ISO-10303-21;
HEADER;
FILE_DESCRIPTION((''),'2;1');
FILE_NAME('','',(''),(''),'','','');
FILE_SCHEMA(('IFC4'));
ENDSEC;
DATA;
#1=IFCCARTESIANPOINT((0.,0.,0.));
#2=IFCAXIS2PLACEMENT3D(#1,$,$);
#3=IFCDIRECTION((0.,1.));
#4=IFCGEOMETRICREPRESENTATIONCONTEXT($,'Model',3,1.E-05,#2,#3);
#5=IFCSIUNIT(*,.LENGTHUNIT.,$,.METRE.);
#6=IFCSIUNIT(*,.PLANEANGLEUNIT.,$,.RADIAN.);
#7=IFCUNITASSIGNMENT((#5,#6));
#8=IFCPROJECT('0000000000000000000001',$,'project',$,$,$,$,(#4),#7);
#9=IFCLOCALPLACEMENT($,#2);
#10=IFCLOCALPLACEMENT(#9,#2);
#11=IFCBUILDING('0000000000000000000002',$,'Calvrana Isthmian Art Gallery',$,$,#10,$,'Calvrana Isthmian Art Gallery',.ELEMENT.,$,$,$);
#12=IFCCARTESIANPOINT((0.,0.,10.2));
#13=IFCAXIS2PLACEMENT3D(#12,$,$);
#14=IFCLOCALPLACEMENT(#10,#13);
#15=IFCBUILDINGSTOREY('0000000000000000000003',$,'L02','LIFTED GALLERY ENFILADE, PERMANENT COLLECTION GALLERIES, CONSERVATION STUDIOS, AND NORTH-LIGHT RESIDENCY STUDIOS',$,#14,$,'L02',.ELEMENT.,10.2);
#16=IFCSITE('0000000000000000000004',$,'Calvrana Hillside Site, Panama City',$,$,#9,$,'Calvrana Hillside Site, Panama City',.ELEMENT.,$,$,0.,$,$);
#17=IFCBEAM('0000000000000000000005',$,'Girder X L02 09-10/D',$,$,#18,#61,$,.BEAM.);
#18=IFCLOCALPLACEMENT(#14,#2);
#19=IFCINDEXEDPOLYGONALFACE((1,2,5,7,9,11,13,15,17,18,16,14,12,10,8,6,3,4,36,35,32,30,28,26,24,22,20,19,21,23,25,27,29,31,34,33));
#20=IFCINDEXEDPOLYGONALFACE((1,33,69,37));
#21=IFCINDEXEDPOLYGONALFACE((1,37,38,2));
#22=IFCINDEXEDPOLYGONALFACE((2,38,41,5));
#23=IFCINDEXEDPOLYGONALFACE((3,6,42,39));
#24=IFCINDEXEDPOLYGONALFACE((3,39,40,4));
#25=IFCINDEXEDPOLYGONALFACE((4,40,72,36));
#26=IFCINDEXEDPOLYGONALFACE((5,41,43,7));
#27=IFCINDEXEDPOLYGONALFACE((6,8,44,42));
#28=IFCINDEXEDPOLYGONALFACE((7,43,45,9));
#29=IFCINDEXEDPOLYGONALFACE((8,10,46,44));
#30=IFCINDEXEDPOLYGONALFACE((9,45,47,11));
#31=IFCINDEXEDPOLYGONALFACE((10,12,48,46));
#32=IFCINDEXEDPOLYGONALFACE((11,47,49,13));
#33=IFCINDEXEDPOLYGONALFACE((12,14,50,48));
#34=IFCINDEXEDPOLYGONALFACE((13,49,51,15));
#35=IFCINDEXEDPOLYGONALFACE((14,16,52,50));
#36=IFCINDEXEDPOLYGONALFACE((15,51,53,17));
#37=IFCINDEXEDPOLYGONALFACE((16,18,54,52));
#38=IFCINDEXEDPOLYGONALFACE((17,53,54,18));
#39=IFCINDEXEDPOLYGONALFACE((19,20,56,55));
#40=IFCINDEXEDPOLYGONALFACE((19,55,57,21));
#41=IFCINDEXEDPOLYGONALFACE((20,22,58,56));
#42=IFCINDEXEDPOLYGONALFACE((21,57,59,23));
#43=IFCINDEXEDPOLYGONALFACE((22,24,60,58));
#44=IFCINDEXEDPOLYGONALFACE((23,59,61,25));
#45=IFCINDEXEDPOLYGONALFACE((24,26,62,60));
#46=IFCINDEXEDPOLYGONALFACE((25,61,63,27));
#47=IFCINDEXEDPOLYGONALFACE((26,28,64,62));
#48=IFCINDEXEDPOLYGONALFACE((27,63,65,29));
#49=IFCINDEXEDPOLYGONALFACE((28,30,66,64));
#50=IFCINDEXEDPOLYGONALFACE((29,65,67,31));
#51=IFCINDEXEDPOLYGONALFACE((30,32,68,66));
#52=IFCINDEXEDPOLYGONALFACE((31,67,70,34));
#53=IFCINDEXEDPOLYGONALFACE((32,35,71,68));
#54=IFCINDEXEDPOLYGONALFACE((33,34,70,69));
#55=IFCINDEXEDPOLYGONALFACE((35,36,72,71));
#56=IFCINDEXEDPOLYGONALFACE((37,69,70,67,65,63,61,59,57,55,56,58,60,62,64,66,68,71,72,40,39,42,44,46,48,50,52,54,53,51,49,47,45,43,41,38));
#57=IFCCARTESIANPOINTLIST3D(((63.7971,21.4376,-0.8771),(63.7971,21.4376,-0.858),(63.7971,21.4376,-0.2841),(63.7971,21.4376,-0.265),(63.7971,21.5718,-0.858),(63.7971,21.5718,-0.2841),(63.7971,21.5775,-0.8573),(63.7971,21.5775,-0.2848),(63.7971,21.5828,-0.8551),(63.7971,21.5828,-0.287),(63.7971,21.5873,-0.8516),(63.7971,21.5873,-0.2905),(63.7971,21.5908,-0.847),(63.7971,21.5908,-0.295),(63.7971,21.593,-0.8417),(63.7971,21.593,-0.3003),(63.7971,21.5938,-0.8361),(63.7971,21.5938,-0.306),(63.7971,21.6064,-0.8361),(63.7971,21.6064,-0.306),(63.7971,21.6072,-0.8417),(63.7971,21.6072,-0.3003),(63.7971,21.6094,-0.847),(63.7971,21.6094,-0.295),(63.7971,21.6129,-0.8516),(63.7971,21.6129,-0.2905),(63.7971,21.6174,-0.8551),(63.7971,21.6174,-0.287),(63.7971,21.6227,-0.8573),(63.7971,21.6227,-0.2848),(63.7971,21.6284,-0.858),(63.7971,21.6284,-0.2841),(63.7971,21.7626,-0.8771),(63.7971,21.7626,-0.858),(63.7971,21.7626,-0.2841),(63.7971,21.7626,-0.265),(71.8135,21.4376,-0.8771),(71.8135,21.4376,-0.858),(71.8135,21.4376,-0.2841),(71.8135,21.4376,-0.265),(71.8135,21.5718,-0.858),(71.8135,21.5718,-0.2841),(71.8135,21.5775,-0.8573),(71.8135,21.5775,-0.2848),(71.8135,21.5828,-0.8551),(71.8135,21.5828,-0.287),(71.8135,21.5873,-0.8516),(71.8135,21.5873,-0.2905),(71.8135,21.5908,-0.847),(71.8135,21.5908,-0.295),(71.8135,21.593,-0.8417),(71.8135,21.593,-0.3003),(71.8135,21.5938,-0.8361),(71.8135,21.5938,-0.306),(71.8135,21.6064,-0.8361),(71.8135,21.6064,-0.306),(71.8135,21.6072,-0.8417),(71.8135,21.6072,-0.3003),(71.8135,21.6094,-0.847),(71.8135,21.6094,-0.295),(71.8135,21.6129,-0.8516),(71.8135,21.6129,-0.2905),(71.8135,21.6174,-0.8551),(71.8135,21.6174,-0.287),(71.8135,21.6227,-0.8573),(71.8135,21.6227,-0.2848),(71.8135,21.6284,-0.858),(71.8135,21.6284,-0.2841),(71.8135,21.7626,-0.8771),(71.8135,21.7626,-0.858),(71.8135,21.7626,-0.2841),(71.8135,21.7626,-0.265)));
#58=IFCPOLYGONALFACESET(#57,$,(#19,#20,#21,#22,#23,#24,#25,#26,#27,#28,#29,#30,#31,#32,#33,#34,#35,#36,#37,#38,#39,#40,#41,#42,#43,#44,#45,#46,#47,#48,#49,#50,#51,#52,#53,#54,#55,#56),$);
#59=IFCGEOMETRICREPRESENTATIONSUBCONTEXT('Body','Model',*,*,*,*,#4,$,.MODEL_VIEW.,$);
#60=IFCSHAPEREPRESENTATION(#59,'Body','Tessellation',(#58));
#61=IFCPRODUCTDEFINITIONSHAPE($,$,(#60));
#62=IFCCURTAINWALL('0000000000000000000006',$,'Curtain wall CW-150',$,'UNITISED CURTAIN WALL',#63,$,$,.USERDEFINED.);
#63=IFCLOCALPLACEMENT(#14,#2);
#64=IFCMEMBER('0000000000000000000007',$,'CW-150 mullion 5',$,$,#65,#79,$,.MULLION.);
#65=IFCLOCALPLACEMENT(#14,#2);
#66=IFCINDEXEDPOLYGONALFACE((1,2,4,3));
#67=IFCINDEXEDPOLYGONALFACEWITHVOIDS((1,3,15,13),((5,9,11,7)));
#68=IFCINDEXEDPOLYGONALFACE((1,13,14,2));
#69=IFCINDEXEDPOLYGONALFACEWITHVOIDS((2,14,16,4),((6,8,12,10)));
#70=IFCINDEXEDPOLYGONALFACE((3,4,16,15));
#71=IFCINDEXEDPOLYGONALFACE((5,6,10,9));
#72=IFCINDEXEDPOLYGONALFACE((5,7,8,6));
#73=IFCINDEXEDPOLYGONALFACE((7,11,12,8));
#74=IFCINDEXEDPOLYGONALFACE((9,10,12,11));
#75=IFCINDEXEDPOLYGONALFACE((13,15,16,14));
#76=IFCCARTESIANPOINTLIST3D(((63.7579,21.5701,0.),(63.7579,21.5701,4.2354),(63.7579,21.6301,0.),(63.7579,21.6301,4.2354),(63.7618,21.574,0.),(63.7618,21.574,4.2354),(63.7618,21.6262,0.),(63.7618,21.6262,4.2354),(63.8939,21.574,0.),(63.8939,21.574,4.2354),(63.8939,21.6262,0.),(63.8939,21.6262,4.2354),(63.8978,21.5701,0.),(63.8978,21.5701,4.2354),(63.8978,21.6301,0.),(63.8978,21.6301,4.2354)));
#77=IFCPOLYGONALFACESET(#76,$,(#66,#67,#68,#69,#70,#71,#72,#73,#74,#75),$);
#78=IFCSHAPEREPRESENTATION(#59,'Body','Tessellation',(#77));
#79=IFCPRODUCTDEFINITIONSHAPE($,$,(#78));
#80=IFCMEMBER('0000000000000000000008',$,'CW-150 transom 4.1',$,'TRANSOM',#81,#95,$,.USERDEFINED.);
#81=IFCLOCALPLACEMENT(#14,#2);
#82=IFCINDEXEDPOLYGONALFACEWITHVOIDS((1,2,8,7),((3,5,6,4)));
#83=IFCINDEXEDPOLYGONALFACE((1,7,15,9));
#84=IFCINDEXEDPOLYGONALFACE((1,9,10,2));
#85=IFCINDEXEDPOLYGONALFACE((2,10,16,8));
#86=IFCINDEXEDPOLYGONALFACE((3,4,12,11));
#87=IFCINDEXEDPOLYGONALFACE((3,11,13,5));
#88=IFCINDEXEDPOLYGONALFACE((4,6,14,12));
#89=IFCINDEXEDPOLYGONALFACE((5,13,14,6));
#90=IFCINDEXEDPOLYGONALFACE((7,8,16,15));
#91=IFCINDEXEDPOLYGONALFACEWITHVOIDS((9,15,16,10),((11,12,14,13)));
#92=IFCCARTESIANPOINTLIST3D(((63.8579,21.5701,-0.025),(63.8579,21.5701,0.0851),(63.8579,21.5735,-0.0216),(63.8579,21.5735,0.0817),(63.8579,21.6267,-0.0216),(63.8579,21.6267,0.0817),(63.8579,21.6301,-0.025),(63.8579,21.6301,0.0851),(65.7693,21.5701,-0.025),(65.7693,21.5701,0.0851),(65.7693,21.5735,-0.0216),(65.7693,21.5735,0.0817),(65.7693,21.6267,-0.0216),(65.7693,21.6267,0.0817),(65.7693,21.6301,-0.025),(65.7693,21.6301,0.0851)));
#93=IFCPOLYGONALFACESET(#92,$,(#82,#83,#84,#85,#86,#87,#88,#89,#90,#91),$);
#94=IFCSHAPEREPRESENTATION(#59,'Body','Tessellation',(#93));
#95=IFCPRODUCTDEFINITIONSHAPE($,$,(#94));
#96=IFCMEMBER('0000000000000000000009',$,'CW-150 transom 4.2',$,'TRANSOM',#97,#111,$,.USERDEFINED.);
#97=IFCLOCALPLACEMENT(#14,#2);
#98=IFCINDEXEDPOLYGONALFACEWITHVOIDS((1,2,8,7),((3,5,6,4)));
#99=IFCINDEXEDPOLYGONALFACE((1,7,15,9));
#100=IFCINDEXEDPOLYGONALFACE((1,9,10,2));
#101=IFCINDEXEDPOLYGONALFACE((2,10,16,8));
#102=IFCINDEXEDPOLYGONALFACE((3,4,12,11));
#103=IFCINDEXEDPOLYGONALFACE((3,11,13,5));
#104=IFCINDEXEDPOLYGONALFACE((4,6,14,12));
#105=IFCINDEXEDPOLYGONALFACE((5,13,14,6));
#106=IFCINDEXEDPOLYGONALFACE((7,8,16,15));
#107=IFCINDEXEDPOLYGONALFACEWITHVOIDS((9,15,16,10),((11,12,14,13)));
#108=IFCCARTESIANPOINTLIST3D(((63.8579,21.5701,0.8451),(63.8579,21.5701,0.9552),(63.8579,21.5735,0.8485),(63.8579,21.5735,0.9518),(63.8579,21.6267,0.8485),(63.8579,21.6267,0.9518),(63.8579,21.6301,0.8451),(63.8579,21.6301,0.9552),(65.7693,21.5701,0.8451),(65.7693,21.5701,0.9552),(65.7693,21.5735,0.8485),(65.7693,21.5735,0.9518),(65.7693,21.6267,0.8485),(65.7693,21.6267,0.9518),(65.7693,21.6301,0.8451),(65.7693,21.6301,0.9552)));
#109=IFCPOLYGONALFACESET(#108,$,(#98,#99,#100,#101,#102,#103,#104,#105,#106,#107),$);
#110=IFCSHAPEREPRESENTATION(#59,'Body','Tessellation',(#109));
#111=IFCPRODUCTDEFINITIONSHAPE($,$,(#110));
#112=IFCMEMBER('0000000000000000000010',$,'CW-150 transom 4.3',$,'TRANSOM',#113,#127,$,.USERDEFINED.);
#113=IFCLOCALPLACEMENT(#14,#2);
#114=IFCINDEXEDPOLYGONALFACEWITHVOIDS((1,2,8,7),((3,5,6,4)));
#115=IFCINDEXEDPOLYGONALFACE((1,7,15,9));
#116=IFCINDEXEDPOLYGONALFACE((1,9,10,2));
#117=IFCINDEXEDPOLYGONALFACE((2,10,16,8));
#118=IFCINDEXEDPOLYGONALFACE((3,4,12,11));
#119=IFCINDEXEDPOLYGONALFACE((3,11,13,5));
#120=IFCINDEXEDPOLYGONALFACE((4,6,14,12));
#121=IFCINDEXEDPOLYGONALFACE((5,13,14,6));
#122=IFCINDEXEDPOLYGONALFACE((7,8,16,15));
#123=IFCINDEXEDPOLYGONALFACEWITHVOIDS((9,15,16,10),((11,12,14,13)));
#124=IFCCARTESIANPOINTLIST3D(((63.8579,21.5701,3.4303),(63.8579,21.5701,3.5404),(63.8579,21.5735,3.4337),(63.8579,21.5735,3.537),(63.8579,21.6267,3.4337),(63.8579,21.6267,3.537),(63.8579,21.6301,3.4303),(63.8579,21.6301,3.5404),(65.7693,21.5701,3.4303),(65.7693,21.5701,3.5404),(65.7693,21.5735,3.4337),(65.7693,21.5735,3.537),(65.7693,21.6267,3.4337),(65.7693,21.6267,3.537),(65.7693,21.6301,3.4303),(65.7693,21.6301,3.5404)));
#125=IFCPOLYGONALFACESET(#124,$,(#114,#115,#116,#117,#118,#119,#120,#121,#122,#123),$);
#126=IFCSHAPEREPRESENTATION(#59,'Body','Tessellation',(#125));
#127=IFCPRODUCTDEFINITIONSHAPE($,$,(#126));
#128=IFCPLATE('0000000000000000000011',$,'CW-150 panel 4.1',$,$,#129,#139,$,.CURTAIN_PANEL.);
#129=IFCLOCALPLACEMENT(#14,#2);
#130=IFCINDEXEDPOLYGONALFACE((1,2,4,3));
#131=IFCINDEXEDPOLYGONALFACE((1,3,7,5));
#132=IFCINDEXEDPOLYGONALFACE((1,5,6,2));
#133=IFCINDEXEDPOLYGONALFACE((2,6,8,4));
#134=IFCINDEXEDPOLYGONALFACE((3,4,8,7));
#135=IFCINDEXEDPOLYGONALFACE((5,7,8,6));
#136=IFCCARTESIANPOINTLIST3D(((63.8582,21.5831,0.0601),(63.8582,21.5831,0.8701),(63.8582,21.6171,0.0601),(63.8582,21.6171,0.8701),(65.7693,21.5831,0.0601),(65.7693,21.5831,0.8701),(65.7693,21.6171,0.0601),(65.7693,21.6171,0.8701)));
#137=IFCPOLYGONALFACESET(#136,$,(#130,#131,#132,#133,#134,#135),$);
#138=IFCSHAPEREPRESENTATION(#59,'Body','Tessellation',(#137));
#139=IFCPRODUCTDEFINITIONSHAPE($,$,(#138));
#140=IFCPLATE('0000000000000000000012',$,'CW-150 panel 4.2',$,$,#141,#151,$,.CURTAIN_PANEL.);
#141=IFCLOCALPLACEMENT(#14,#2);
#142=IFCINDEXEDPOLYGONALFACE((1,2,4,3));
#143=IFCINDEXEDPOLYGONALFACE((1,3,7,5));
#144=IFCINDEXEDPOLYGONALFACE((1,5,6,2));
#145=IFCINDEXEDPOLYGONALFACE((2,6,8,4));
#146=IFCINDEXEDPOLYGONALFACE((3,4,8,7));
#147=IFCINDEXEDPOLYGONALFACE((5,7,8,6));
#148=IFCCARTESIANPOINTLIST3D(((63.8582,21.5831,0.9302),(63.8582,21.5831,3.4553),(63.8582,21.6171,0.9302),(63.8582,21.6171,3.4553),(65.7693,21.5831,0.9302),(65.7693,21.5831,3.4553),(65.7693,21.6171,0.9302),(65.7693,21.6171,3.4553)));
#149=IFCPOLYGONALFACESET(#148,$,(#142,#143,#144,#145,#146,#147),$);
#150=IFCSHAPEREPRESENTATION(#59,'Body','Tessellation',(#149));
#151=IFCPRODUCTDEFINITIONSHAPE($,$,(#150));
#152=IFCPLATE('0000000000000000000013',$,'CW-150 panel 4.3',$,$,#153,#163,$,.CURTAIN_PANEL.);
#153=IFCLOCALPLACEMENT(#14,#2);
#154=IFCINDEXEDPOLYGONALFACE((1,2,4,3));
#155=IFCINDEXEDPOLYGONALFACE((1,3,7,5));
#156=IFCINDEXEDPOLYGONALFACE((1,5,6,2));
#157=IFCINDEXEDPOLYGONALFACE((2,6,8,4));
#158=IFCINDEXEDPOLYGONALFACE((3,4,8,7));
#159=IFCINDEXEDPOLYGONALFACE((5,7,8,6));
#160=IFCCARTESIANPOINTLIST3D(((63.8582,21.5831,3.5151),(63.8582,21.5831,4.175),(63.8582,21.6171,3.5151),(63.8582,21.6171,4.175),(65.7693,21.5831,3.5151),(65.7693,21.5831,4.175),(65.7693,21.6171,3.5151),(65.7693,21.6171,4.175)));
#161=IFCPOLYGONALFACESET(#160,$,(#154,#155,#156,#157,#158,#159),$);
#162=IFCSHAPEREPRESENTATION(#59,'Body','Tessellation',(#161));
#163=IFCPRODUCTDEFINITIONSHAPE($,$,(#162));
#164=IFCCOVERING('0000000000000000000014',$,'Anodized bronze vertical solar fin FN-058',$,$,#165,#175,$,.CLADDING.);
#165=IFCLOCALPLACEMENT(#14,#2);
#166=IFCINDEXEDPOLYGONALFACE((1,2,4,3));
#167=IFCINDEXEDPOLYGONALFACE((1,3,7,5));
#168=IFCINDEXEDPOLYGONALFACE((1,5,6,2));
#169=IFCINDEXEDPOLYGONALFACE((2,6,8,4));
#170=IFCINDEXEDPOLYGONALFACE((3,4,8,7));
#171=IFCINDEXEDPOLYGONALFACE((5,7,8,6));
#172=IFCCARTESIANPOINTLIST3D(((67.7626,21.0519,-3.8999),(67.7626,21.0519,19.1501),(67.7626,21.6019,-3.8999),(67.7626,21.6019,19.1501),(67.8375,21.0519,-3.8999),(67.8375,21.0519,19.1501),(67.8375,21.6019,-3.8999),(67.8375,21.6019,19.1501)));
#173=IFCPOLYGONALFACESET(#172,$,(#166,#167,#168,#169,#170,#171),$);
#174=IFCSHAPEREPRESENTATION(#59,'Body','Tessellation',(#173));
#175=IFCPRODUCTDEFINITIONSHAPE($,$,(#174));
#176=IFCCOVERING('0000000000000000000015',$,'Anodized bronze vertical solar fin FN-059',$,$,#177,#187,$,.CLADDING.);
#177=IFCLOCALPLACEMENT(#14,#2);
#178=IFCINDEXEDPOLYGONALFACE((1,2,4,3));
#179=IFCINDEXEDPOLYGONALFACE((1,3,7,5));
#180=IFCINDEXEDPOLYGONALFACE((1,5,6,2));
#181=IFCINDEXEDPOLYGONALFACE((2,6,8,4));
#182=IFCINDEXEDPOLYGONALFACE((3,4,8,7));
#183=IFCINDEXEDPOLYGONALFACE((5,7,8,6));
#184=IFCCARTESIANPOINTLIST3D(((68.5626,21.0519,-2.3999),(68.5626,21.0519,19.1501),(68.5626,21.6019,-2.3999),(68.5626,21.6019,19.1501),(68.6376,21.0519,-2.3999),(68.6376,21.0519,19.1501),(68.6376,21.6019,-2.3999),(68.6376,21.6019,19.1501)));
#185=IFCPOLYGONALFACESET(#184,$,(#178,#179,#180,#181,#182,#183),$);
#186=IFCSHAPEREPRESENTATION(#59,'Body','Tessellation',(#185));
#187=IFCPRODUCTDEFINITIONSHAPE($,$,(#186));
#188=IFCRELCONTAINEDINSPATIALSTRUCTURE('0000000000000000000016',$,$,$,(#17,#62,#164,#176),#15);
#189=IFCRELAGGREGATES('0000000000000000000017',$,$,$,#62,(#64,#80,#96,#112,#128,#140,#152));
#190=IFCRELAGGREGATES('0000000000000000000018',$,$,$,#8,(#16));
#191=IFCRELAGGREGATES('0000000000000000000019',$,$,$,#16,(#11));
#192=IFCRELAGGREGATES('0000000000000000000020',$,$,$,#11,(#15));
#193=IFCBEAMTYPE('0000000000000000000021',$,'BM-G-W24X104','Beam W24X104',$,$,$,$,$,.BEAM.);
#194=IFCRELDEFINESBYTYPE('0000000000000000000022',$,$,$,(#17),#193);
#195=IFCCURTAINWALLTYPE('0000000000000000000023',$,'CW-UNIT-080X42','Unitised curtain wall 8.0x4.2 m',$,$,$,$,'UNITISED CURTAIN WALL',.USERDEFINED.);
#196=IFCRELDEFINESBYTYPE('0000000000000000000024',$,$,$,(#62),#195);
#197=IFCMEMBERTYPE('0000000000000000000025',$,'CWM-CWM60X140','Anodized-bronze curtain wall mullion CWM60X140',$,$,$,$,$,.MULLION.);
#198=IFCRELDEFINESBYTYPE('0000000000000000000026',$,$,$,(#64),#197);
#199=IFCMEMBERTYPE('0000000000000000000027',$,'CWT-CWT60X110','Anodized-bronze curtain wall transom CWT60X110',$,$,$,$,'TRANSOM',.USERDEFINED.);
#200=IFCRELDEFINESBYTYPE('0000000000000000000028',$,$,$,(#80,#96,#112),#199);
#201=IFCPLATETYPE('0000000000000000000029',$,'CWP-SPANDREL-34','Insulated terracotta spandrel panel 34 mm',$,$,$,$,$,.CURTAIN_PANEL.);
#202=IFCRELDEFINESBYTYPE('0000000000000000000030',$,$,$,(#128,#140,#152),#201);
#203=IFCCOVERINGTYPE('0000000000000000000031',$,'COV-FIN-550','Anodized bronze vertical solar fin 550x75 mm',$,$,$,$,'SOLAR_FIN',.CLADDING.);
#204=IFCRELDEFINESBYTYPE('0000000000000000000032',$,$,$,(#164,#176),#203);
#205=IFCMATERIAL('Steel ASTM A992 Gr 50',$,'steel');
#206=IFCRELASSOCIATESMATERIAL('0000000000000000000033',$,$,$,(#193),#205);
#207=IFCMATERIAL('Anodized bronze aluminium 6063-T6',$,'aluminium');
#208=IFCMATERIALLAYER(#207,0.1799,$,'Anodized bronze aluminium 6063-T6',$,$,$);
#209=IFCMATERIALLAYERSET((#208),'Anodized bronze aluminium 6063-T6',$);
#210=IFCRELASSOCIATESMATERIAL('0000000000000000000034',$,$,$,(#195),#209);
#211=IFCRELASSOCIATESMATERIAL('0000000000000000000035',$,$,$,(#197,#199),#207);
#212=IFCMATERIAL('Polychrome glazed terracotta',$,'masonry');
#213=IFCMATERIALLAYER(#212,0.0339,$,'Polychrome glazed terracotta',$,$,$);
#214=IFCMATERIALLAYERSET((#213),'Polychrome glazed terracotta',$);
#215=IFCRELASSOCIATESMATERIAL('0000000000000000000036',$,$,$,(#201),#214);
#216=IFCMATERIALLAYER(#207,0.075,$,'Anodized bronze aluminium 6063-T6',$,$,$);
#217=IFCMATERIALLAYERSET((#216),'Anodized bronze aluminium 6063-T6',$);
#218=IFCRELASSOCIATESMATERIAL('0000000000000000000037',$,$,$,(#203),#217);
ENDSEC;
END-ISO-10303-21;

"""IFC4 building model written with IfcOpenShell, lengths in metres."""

from ifc_helpers import new_model, si_unit, direction, frame, origin, origin_2d, place, context, subcontext, project, spatial, rectangle, hollow_rectangle, i_section, extrude, material, layer, layer_set, material_profile, profile_set, type_object, element, aggregate, save


model = new_model("IFC4")

# Units and contexts
model_context = context("Model", 3, precision=1e-05, world=origin(), true_north=direction((0.0, 1.0)))
body_context = subcontext(model_context, "Body", "Model", "MODEL_VIEW")
ifc_project = project(units=[si_unit("LENGTHUNIT", "METRE"), si_unit("PLANEANGLEUNIT", "RADIAN")], contexts=[model_context])

# Site, building, storey
site_placement = place(None, origin())
site = spatial("IfcSite", under=ifc_project, at=site_placement, Name="Calvrana Hillside Site, Panama City", LongName="Calvrana Hillside Site, Panama City", CompositionType="ELEMENT", RefElevation=0.0)
building_placement = place(site_placement, origin())
building = spatial("IfcBuilding", under=site, at=building_placement, Name="Calvrana Isthmian Art Gallery", LongName="Calvrana Isthmian Art Gallery", CompositionType="ELEMENT")
storey_placement = place(building_placement, frame((0.0, 0.0, 10.2)))
storey = spatial("IfcBuildingStorey", under=building, at=storey_placement, Name="L02", Description="LIFTED GALLERY ENFILADE, PERMANENT COLLECTION GALLERIES, CONSERVATION STUDIOS, AND NORTH-LIGHT RESIDENCY STUDIOS", LongName="L02", CompositionType="ELEMENT", Elevation=10.2)

# Beam
ifc_material_1 = material(Name="Steel ASTM A992 Gr 50", Category="steel")
ifc_material_profile_1 = material_profile(ifc_material_1, i_section(OverallWidth=0.325, OverallDepth=0.6121, WebThickness=0.0127, FlangeThickness=0.019, FilletRadius=0.022, at=origin_2d()), Name="W24X104")
ifc_profile_set_1 = profile_set([ifc_material_profile_1], Name="Steel ASTM A992 Gr 50")
beam_type = type_object("IfcBeamType", Name="BM-G-W24X104", Description="Beam W24X104", PredefinedType="BEAM", material=ifc_profile_set_1)
beam_placement = place(storey_placement, frame((63.7971, 21.6001, -0.571), z_axis=(1.0, 0.0, 0.0), x_axis=(0.0, 1.0, 0.0)))
element("IfcBeam", 1, at=beam_placement, inside=storey, type_object=beam_type, Name="Girder X L02 09-10/D", PredefinedType="BEAM", context=body_context, shape_type="SweptSolid", body=[
    extrude(i_section(OverallWidth=0.325, OverallDepth=0.6121, WebThickness=0.0127, FlangeThickness=0.019, FilletRadius=0.022, at=origin_2d()), origin(), (0.0, 0.0, 1.0), 8.0164),
])

# Curtain wall, members, plates
ifc_material_2 = material(Name="Anodized bronze aluminium 6063-T6", Category="aluminium")
ifc_layer_1 = layer(ifc_material_2, 0.1799, Name="Anodized bronze aluminium 6063-T6")
ifc_layer_set_1 = layer_set([ifc_layer_1], Name="Anodized bronze aluminium 6063-T6")
curtain_wall_type = type_object("IfcCurtainWallType", Name="CW-UNIT-080X42", Description="Unitised curtain wall 8.0x4.2 m", ElementType="UNITISED CURTAIN WALL", PredefinedType="USERDEFINED", material=ifc_layer_set_1)
curtain_wall_placement = place(storey_placement, origin())
curtain_wall = element("IfcCurtainWall", 2, at=curtain_wall_placement, inside=storey, type_object=curtain_wall_type, Name="Curtain wall CW-150", ObjectType="UNITISED CURTAIN WALL", PredefinedType="USERDEFINED")
ifc_material_profile_2 = material_profile(ifc_material_2, hollow_rectangle(XDim=0.0601, YDim=0.1399, WallThickness=0.0039, at=origin_2d()), Name="CWM60X140")
ifc_profile_set_2 = profile_set([ifc_material_profile_2], Name="Anodized bronze aluminium 6063-T6")
member_type_1 = type_object("IfcMemberType", Name="CWM-CWM60X140", Description="Anodized-bronze curtain wall mullion CWM60X140", PredefinedType="MULLION", material=ifc_profile_set_2)
member_1_placement = place(storey_placement, frame((63.8279, 21.6001, 0.0), z_axis=(0.0, 0.0, 1.0), x_axis=(0.0, -1.0, 0.0)))
member_1 = element("IfcMember", 3, at=member_1_placement, type_object=member_type_1, Name="CW-150 mullion 5", PredefinedType="MULLION", context=body_context, shape_type="SweptSolid", body=[
    extrude(hollow_rectangle(XDim=0.0601, YDim=0.1399, WallThickness=0.0039, at=origin_2d()), origin(), (0.0, 0.0, 1.0), 4.2354),
])
ifc_material_profile_3 = material_profile(ifc_material_2, hollow_rectangle(XDim=0.0601, YDim=0.1101, WallThickness=0.0034, at=origin_2d()), Name="CWT60X110")
ifc_profile_set_3 = profile_set([ifc_material_profile_3], Name="Anodized bronze aluminium 6063-T6")
member_type_2 = type_object("IfcMemberType", Name="CWT-CWT60X110", Description="Anodized-bronze curtain wall transom CWT60X110", ElementType="TRANSOM", PredefinedType="USERDEFINED", material=ifc_profile_set_3)
member_2_placement = place(storey_placement, frame((65.7693, 21.6001, 0.03), z_axis=(-1.0, 0.0, 0.0), x_axis=(0.0, -1.0, 0.0)))
member_2 = element("IfcMember", 4, at=member_2_placement, type_object=member_type_2, Name="CW-150 transom 4.1", ObjectType="TRANSOM", PredefinedType="USERDEFINED", context=body_context, shape_type="SweptSolid", body=[
    extrude(hollow_rectangle(XDim=0.0601, YDim=0.1101, WallThickness=0.0034, at=origin_2d()), origin(), (0.0, 0.0, 1.0), 1.9114),
])
member_3_placement = place(storey_placement, frame((65.7693, 21.6001, 0.9001), z_axis=(-1.0, 0.0, 0.0), x_axis=(0.0, -1.0, 0.0)))
member_3 = element("IfcMember", 5, at=member_3_placement, type_object=member_type_2, Name="CW-150 transom 4.2", ObjectType="TRANSOM", PredefinedType="USERDEFINED", context=body_context, shape_type="SweptSolid", body=[
    extrude(hollow_rectangle(XDim=0.0601, YDim=0.1101, WallThickness=0.0034, at=origin_2d()), origin(), (0.0, 0.0, 1.0), 1.9114),
])
member_4_placement = place(storey_placement, frame((65.7693, 21.6001, 3.4854), z_axis=(-1.0, 0.0, 0.0), x_axis=(0.0, -1.0, 0.0)))
member_4 = element("IfcMember", 6, at=member_4_placement, type_object=member_type_2, Name="CW-150 transom 4.3", ObjectType="TRANSOM", PredefinedType="USERDEFINED", context=body_context, shape_type="SweptSolid", body=[
    extrude(hollow_rectangle(XDim=0.0601, YDim=0.1101, WallThickness=0.0034, at=origin_2d()), origin(), (0.0, 0.0, 1.0), 1.9114),
])
ifc_material_3 = material(Name="Polychrome glazed terracotta", Category="masonry")
ifc_layer_2 = layer(ifc_material_3, 0.0339, Name="Polychrome glazed terracotta")
ifc_layer_set_2 = layer_set([ifc_layer_2], Name="Polychrome glazed terracotta")
plate_type = type_object("IfcPlateType", Name="CWP-SPANDREL-34", Description="Insulated terracotta spandrel panel 34 mm", PredefinedType="CURTAIN_PANEL", material=ifc_layer_set_2)
plate_1_placement = place(storey_placement, frame((64.8137, 21.6001, 0.0601), z_axis=(0.0, 0.0, 1.0), x_axis=(-1.0, 0.0, 0.0)))
plate_1 = element("IfcPlate", 7, at=plate_1_placement, type_object=plate_type, Name="CW-150 panel 4.1", PredefinedType="CURTAIN_PANEL", context=body_context, shape_type="SweptSolid", body=[
    extrude(rectangle(XDim=1.9111, YDim=0.0339, at=origin_2d()), origin(), (0.0, 0.0, 1.0), 0.8101),
])
plate_2_placement = place(storey_placement, frame((64.8137, 21.6001, 0.9302), z_axis=(0.0, 0.0, 1.0), x_axis=(-1.0, 0.0, 0.0)))
plate_2 = element("IfcPlate", 8, at=plate_2_placement, type_object=plate_type, Name="CW-150 panel 4.2", PredefinedType="CURTAIN_PANEL", context=body_context, shape_type="SweptSolid", body=[
    extrude(rectangle(XDim=1.9111, YDim=0.0339, at=origin_2d()), origin(), (0.0, 0.0, 1.0), 2.5251),
])
plate_3_placement = place(storey_placement, frame((64.8137, 21.6001, 3.5151), z_axis=(0.0, 0.0, 1.0), x_axis=(-1.0, 0.0, 0.0)))
plate_3 = element("IfcPlate", 9, at=plate_3_placement, type_object=plate_type, Name="CW-150 panel 4.3", PredefinedType="CURTAIN_PANEL", context=body_context, shape_type="SweptSolid", body=[
    extrude(rectangle(XDim=1.9111, YDim=0.0339, at=origin_2d()), origin(), (0.0, 0.0, 1.0), 0.6599),
])
aggregate(curtain_wall, [member_1, member_2, member_3, member_4, plate_1, plate_2, plate_3])

# Coverings
ifc_layer_3 = layer(ifc_material_2, 0.075, Name="Anodized bronze aluminium 6063-T6")
ifc_layer_set_3 = layer_set([ifc_layer_3], Name="Anodized bronze aluminium 6063-T6")
covering_type = type_object("IfcCoveringType", Name="COV-FIN-550", Description="Anodized bronze vertical solar fin 550x75 mm", ElementType="SOLAR_FIN", PredefinedType="CLADDING", material=ifc_layer_set_3)
covering_1_placement = place(storey_placement, frame((67.8, 21.3269, -3.8999), z_axis=(0.0, 0.0, 1.0), x_axis=(1.0, 0.0, 0.0)))
element("IfcCovering", 10, at=covering_1_placement, inside=storey, type_object=covering_type, Name="Anodized bronze vertical solar fin FN-058", PredefinedType="CLADDING", context=body_context, shape_type="SweptSolid", body=[
    extrude(rectangle(XDim=0.075, YDim=0.55, at=origin_2d()), origin(), (0.0, 0.0, 1.0), 23.05),
])
covering_2_placement = place(storey_placement, frame((68.6001, 21.3269, -2.3999), z_axis=(0.0, 0.0, 1.0), x_axis=(1.0, 0.0, 0.0)))
element("IfcCovering", 11, at=covering_2_placement, inside=storey, type_object=covering_type, Name="Anodized bronze vertical solar fin FN-059", PredefinedType="CLADDING", context=body_context, shape_type="SweptSolid", body=[
    extrude(rectangle(XDim=0.075, YDim=0.55, at=origin_2d()), origin(), (0.0, 0.0, 1.0), 21.55),
])

save(model, "model.ifc")
